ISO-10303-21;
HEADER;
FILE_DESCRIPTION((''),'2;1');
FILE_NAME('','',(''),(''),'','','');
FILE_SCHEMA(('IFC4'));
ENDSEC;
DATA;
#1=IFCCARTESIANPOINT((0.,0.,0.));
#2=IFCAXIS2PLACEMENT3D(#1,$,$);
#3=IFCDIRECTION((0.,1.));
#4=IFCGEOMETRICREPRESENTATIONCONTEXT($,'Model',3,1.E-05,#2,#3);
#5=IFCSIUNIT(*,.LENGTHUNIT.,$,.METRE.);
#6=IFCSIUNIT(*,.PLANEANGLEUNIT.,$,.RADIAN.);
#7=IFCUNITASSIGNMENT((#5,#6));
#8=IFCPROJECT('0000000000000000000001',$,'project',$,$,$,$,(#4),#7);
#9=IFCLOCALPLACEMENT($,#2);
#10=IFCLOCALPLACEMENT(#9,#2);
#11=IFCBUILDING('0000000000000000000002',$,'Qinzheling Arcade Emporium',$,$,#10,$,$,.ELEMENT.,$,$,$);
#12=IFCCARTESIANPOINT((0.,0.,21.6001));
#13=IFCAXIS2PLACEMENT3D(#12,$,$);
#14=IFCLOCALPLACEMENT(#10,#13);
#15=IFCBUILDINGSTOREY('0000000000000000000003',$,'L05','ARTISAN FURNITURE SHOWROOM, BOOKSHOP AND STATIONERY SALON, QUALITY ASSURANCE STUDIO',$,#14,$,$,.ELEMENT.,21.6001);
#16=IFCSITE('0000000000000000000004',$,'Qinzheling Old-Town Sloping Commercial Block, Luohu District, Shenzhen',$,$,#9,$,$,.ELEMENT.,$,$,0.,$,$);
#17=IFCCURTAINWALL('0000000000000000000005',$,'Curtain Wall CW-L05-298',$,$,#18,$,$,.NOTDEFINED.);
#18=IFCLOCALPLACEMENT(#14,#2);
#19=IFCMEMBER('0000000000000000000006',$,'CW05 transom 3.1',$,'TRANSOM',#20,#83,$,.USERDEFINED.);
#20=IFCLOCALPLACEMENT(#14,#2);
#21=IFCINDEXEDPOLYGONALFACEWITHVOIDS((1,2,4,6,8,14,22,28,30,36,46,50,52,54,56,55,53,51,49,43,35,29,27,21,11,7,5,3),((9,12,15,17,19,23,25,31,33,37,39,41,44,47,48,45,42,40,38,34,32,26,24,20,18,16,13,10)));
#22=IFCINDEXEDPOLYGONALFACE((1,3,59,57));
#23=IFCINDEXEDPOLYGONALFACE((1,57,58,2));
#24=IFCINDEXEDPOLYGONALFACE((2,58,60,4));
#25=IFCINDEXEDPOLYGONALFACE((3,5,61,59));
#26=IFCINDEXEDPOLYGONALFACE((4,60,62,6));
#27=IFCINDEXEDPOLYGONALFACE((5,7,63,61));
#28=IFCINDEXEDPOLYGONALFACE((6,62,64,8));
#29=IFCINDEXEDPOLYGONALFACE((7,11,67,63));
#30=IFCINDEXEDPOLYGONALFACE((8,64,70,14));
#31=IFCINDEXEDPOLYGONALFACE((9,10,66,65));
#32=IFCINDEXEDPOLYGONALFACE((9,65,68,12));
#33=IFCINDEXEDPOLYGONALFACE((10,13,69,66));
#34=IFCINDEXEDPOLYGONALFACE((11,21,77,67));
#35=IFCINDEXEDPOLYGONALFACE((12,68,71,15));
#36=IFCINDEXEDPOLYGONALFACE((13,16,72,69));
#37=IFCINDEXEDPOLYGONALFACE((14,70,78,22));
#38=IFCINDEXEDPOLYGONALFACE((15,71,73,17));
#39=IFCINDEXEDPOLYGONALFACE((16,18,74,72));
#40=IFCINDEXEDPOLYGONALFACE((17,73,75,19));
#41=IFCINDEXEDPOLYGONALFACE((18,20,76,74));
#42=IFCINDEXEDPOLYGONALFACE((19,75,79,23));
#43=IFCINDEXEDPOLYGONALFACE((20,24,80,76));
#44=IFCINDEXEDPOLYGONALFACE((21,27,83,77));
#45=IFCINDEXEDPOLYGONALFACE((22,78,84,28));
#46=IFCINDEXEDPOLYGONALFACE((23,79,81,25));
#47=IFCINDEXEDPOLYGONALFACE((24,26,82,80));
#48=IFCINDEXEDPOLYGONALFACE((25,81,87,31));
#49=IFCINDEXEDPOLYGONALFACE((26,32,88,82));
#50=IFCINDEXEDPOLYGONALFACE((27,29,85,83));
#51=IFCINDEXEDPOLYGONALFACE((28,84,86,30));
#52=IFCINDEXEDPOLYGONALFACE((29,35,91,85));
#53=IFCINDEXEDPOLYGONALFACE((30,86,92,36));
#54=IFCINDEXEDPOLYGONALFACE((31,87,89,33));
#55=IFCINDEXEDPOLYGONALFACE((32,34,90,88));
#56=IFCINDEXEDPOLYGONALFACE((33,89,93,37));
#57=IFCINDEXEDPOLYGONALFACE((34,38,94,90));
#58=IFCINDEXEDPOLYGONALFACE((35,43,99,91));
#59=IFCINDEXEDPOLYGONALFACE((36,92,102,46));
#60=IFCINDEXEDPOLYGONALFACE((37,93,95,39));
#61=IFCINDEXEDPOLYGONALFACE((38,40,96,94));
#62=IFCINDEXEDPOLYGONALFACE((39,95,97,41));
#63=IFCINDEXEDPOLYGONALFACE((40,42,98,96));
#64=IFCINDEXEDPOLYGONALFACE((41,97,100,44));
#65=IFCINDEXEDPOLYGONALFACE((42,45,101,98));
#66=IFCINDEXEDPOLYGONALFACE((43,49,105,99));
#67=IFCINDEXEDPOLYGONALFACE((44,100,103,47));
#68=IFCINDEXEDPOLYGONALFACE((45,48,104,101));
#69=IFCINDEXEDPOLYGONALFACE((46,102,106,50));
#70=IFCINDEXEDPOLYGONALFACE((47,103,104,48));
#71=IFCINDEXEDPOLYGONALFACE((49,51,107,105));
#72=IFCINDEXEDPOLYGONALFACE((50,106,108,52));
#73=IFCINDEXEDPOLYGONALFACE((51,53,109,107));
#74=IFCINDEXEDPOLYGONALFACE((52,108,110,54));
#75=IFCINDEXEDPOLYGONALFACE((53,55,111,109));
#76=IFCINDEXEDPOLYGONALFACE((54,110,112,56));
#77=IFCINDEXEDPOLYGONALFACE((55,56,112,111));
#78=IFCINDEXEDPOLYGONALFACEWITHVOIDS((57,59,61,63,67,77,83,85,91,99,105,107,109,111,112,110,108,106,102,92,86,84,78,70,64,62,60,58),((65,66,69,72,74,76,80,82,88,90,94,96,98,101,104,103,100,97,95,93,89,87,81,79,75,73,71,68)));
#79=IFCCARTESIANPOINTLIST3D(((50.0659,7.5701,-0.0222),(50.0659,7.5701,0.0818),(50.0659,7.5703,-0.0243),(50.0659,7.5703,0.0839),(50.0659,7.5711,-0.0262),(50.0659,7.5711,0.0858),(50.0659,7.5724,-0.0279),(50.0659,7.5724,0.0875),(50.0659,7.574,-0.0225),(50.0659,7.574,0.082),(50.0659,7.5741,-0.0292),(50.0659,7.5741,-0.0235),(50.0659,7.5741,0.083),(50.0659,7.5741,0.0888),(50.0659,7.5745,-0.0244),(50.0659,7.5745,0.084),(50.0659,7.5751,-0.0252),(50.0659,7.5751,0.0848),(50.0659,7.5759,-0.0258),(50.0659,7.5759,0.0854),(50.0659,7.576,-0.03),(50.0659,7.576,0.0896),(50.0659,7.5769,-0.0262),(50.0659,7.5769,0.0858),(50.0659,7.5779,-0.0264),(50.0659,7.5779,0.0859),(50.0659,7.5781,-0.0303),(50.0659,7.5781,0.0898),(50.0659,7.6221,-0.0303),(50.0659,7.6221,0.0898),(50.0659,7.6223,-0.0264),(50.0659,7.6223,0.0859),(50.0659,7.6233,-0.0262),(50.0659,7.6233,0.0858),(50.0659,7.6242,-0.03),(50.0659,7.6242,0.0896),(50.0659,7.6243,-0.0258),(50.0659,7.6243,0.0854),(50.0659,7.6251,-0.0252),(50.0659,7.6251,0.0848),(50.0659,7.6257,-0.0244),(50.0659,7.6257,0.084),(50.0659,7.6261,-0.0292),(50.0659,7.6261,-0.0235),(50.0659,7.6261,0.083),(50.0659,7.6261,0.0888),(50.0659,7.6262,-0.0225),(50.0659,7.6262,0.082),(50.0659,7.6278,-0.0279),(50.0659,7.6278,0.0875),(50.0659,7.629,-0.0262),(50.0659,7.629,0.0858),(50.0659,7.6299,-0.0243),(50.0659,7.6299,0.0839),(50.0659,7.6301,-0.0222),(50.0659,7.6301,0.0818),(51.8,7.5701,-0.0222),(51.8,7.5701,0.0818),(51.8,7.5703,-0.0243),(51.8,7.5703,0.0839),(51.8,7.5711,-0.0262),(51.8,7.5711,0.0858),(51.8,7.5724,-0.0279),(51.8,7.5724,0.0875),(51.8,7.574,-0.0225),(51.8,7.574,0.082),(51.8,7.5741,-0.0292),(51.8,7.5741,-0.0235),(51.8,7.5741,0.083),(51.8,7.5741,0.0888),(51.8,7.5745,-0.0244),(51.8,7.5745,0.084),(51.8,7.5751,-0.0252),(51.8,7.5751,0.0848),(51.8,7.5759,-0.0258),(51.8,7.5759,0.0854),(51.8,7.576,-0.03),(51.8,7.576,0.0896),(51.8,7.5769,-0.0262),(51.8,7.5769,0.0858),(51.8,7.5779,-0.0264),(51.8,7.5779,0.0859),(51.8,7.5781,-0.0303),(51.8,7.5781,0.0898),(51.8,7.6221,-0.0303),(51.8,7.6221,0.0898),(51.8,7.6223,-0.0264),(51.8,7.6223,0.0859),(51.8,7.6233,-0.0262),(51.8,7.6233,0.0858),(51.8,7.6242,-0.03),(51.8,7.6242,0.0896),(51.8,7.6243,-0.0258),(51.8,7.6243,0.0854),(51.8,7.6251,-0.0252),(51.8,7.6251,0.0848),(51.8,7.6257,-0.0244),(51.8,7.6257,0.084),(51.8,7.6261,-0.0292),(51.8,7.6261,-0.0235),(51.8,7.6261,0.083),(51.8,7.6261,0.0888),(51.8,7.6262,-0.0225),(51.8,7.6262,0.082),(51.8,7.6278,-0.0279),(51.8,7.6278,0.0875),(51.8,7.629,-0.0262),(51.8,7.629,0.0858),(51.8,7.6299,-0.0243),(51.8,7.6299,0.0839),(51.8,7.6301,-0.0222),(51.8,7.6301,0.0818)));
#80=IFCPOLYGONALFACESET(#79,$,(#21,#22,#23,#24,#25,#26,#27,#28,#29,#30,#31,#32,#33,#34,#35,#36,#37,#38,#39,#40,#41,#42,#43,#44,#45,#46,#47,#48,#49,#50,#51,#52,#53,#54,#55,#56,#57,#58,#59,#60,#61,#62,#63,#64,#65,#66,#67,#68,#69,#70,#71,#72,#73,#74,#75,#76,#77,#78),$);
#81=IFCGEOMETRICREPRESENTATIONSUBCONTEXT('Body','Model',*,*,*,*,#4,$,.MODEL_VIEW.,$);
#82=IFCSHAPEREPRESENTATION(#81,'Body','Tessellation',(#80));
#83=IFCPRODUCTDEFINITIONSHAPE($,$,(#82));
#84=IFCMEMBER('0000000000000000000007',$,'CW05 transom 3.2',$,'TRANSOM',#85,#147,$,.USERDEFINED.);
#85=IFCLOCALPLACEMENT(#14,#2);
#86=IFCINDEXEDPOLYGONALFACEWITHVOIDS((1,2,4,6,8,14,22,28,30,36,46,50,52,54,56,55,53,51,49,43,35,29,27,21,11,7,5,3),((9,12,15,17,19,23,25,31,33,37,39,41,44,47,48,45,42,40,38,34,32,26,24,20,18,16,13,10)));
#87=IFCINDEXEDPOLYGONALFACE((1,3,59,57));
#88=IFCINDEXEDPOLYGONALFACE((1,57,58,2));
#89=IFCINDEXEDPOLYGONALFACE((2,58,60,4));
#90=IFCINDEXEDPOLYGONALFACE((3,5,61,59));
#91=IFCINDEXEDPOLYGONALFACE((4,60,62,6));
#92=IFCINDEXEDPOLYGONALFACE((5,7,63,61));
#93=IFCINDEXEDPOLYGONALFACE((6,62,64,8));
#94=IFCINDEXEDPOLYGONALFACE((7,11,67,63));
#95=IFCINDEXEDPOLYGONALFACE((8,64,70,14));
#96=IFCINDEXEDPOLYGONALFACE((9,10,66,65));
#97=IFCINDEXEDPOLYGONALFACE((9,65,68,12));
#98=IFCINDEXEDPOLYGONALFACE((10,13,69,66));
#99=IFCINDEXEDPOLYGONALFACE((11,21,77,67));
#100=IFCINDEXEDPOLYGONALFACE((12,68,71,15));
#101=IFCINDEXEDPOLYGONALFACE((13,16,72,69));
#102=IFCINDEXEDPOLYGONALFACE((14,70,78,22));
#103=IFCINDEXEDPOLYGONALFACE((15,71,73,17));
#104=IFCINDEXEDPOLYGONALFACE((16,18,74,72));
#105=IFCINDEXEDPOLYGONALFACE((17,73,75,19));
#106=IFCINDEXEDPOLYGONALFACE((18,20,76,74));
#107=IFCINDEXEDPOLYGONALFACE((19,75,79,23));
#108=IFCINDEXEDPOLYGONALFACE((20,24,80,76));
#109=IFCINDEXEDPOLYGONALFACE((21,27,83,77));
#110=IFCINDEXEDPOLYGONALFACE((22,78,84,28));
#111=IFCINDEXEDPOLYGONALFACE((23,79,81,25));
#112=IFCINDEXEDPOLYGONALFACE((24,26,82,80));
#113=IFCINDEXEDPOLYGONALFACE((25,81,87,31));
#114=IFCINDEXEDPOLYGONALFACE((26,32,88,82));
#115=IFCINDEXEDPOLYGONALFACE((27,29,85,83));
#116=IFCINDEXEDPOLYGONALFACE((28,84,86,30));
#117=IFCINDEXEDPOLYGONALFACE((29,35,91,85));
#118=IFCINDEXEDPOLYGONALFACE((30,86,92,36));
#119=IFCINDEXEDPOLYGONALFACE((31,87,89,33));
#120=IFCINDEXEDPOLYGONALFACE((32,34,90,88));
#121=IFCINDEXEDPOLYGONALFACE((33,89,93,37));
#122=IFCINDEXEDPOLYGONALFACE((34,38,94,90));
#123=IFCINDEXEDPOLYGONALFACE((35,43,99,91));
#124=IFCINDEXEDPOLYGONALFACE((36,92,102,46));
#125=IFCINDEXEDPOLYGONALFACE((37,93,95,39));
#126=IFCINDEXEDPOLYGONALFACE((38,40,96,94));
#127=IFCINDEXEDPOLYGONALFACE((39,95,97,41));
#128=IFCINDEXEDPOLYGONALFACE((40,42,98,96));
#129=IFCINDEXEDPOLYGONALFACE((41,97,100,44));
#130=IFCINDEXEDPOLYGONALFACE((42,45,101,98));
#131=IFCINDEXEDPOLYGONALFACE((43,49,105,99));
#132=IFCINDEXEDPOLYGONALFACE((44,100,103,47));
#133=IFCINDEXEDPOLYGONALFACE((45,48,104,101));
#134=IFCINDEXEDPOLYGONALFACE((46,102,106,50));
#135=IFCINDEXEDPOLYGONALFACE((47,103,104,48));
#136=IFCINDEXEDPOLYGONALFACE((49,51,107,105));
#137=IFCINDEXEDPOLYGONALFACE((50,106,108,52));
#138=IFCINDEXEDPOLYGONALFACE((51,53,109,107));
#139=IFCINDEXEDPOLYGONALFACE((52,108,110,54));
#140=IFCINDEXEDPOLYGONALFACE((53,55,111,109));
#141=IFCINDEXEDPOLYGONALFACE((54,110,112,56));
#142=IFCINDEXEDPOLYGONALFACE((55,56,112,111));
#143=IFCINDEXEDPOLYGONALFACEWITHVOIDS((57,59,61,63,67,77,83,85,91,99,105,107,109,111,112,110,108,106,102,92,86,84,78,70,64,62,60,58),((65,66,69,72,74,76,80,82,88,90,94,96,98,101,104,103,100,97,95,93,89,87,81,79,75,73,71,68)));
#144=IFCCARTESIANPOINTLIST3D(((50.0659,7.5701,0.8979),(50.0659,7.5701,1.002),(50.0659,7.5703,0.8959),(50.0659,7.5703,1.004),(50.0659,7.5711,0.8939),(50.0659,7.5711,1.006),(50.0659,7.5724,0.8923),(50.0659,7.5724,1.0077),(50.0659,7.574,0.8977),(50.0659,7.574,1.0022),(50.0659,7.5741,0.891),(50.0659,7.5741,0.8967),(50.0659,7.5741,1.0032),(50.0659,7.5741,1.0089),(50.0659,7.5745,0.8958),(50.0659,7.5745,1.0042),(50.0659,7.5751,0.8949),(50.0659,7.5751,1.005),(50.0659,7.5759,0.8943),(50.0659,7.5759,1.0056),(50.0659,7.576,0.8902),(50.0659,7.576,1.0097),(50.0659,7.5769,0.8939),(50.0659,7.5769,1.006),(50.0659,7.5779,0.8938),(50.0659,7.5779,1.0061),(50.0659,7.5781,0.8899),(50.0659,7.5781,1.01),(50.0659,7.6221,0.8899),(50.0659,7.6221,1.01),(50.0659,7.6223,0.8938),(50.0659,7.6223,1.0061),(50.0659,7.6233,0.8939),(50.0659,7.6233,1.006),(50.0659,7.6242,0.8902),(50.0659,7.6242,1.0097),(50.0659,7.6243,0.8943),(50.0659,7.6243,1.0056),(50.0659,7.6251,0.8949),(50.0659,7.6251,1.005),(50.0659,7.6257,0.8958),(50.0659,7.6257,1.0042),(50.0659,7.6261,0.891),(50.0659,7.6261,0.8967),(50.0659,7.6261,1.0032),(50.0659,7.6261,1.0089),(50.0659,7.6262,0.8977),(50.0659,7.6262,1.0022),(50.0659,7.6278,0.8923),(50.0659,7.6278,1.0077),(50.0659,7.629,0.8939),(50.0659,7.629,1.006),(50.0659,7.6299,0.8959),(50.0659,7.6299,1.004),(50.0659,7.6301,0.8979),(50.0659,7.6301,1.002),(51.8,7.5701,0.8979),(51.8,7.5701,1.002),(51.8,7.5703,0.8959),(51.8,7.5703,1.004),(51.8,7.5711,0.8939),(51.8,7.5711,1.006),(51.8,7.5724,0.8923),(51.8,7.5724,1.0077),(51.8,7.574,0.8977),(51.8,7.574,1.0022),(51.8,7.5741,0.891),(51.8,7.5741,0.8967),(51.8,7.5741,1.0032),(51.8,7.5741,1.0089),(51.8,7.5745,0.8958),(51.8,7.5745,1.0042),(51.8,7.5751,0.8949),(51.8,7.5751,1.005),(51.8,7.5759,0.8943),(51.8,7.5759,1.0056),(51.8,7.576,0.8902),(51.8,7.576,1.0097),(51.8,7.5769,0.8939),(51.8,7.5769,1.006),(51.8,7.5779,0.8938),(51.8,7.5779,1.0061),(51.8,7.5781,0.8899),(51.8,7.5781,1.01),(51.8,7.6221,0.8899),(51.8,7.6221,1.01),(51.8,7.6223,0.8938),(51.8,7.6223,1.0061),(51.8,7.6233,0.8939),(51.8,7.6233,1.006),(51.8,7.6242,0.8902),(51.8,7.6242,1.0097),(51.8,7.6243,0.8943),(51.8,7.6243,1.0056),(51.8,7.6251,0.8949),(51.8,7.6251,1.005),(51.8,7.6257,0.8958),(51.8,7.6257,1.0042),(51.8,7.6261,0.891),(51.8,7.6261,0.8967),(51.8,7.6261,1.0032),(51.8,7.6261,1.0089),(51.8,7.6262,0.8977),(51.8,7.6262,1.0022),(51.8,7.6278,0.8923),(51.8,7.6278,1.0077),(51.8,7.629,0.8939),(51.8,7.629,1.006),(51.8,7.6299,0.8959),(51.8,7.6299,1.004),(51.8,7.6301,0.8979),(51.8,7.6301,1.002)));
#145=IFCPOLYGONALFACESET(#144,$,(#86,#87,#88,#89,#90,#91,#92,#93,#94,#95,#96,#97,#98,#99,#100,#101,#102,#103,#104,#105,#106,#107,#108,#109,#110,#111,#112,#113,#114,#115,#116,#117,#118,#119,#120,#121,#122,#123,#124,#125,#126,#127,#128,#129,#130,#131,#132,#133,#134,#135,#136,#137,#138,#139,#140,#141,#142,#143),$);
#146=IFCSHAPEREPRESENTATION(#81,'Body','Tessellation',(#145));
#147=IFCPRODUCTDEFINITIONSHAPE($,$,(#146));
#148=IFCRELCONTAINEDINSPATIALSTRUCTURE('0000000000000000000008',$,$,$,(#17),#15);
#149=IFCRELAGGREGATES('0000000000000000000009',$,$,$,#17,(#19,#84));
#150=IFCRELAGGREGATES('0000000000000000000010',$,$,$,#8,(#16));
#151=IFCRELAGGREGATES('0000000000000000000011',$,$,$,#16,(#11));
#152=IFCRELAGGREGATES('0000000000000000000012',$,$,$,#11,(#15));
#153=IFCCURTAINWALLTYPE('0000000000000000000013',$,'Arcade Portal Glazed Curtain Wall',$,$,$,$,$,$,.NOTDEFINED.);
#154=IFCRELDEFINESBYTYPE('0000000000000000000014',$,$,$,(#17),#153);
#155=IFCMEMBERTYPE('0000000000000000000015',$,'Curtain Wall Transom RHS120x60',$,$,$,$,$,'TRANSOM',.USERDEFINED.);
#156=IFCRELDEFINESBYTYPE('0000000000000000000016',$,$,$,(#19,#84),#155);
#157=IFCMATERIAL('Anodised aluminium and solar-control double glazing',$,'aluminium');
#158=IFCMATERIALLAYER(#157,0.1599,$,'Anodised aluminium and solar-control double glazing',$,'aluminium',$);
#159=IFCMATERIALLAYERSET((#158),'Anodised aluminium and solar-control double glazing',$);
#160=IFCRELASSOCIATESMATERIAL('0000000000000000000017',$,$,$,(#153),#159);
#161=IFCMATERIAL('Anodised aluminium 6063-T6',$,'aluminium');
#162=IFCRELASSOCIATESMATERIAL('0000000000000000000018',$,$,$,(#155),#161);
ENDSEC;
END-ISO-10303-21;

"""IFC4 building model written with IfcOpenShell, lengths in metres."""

from ifc_helpers import new_model, si_unit, direction, frame, origin, origin_2d, place, context, subcontext, project, spatial, hollow_rectangle, extrude, material, layer, layer_set, material_profile, profile_set, type_object, element, aggregate, save


model = new_model("IFC4")

# Units and contexts
model_context = context("Model", 3, precision=1e-05, world=origin(), true_north=direction((0.0, 1.0)))
body_context = subcontext(model_context, "Body", "Model", "MODEL_VIEW")
ifc_project = project(units=[si_unit("LENGTHUNIT", "METRE"), si_unit("PLANEANGLEUNIT", "RADIAN")], contexts=[model_context])

# Site, building, storey
site_placement = place(None, origin())
site = spatial("IfcSite", under=ifc_project, at=site_placement, Name="Qinzheling Old-Town Sloping Commercial Block, Luohu District, Shenzhen", CompositionType="ELEMENT", RefElevation=0.0)
building_placement = place(site_placement, origin())
building = spatial("IfcBuilding", under=site, at=building_placement, Name="Qinzheling Arcade Emporium", CompositionType="ELEMENT")
storey_placement = place(building_placement, frame((0.0, 0.0, 21.6001)))
storey = spatial("IfcBuildingStorey", under=building, at=storey_placement, Name="L05", Description="ARTISAN FURNITURE SHOWROOM, BOOKSHOP AND STATIONERY SALON, QUALITY ASSURANCE STUDIO", CompositionType="ELEMENT", Elevation=21.6001)

# Curtain wall, members
ifc_material_1 = material(Name="Anodised aluminium and solar-control double glazing", Category="aluminium")
ifc_layer_1 = layer(ifc_material_1, 0.1599, Name="Anodised aluminium and solar-control double glazing", Category="aluminium")
ifc_layer_set_1 = layer_set([ifc_layer_1], Name="Anodised aluminium and solar-control double glazing")
curtain_wall_type = type_object("IfcCurtainWallType", Name="Arcade Portal Glazed Curtain Wall", PredefinedType="NOTDEFINED", material=ifc_layer_set_1)
curtain_wall_placement = place(storey_placement, origin())
curtain_wall = element("IfcCurtainWall", 1, at=curtain_wall_placement, inside=storey, type_object=curtain_wall_type, Name="Curtain Wall CW-L05-298", PredefinedType="NOTDEFINED")
ifc_material_2 = material(Name="Anodised aluminium 6063-T6", Category="aluminium")
ifc_material_profile_1 = material_profile(ifc_material_2, hollow_rectangle(XDim=0.0601, YDim=0.1201, WallThickness=0.0039, InnerFilletRadius=0.0039, OuterFilletRadius=0.0081, at=origin_2d()), Name="RHS 120x60x4", Category="aluminium")
ifc_profile_set_1 = profile_set([ifc_material_profile_1], Name="Anodised aluminium 6063-T6")
member_type_1 = type_object("IfcMemberType", Name="Curtain Wall Transom RHS120x60", ElementType="TRANSOM", PredefinedType="USERDEFINED", material=ifc_profile_set_1)
member_1_placement = place(storey_placement, frame((51.8, 7.6001, 0.0298), z_axis=(-1.0, 0.0, 0.0), x_axis=(0.0, -1.0, 0.0)))
member_1 = element("IfcMember", 2, at=member_1_placement, type_object=member_type_1, Name="CW05 transom 3.1", ObjectType="TRANSOM", PredefinedType="USERDEFINED", context=body_context, shape_type="SweptSolid", body=[
    extrude(hollow_rectangle(XDim=0.0601, YDim=0.1201, WallThickness=0.0039, InnerFilletRadius=0.0039, OuterFilletRadius=0.0081, at=origin_2d()), origin(), (0.0, 0.0, 1.0), 1.7341),
])
member_2_placement = place(storey_placement, frame((51.8, 7.6001, 0.95), z_axis=(-1.0, 0.0, 0.0), x_axis=(0.0, -1.0, 0.0)))
member_2 = element("IfcMember", 3, at=member_2_placement, type_object=member_type_1, Name="CW05 transom 3.2", ObjectType="TRANSOM", PredefinedType="USERDEFINED", context=body_context, shape_type="SweptSolid", body=[
    extrude(hollow_rectangle(XDim=0.0601, YDim=0.1201, WallThickness=0.0039, InnerFilletRadius=0.0039, OuterFilletRadius=0.0081, at=origin_2d()), origin(), (0.0, 0.0, 1.0), 1.7341),
])

aggregate(curtain_wall, [member_1, member_2])

save(model, "model.ifc")
